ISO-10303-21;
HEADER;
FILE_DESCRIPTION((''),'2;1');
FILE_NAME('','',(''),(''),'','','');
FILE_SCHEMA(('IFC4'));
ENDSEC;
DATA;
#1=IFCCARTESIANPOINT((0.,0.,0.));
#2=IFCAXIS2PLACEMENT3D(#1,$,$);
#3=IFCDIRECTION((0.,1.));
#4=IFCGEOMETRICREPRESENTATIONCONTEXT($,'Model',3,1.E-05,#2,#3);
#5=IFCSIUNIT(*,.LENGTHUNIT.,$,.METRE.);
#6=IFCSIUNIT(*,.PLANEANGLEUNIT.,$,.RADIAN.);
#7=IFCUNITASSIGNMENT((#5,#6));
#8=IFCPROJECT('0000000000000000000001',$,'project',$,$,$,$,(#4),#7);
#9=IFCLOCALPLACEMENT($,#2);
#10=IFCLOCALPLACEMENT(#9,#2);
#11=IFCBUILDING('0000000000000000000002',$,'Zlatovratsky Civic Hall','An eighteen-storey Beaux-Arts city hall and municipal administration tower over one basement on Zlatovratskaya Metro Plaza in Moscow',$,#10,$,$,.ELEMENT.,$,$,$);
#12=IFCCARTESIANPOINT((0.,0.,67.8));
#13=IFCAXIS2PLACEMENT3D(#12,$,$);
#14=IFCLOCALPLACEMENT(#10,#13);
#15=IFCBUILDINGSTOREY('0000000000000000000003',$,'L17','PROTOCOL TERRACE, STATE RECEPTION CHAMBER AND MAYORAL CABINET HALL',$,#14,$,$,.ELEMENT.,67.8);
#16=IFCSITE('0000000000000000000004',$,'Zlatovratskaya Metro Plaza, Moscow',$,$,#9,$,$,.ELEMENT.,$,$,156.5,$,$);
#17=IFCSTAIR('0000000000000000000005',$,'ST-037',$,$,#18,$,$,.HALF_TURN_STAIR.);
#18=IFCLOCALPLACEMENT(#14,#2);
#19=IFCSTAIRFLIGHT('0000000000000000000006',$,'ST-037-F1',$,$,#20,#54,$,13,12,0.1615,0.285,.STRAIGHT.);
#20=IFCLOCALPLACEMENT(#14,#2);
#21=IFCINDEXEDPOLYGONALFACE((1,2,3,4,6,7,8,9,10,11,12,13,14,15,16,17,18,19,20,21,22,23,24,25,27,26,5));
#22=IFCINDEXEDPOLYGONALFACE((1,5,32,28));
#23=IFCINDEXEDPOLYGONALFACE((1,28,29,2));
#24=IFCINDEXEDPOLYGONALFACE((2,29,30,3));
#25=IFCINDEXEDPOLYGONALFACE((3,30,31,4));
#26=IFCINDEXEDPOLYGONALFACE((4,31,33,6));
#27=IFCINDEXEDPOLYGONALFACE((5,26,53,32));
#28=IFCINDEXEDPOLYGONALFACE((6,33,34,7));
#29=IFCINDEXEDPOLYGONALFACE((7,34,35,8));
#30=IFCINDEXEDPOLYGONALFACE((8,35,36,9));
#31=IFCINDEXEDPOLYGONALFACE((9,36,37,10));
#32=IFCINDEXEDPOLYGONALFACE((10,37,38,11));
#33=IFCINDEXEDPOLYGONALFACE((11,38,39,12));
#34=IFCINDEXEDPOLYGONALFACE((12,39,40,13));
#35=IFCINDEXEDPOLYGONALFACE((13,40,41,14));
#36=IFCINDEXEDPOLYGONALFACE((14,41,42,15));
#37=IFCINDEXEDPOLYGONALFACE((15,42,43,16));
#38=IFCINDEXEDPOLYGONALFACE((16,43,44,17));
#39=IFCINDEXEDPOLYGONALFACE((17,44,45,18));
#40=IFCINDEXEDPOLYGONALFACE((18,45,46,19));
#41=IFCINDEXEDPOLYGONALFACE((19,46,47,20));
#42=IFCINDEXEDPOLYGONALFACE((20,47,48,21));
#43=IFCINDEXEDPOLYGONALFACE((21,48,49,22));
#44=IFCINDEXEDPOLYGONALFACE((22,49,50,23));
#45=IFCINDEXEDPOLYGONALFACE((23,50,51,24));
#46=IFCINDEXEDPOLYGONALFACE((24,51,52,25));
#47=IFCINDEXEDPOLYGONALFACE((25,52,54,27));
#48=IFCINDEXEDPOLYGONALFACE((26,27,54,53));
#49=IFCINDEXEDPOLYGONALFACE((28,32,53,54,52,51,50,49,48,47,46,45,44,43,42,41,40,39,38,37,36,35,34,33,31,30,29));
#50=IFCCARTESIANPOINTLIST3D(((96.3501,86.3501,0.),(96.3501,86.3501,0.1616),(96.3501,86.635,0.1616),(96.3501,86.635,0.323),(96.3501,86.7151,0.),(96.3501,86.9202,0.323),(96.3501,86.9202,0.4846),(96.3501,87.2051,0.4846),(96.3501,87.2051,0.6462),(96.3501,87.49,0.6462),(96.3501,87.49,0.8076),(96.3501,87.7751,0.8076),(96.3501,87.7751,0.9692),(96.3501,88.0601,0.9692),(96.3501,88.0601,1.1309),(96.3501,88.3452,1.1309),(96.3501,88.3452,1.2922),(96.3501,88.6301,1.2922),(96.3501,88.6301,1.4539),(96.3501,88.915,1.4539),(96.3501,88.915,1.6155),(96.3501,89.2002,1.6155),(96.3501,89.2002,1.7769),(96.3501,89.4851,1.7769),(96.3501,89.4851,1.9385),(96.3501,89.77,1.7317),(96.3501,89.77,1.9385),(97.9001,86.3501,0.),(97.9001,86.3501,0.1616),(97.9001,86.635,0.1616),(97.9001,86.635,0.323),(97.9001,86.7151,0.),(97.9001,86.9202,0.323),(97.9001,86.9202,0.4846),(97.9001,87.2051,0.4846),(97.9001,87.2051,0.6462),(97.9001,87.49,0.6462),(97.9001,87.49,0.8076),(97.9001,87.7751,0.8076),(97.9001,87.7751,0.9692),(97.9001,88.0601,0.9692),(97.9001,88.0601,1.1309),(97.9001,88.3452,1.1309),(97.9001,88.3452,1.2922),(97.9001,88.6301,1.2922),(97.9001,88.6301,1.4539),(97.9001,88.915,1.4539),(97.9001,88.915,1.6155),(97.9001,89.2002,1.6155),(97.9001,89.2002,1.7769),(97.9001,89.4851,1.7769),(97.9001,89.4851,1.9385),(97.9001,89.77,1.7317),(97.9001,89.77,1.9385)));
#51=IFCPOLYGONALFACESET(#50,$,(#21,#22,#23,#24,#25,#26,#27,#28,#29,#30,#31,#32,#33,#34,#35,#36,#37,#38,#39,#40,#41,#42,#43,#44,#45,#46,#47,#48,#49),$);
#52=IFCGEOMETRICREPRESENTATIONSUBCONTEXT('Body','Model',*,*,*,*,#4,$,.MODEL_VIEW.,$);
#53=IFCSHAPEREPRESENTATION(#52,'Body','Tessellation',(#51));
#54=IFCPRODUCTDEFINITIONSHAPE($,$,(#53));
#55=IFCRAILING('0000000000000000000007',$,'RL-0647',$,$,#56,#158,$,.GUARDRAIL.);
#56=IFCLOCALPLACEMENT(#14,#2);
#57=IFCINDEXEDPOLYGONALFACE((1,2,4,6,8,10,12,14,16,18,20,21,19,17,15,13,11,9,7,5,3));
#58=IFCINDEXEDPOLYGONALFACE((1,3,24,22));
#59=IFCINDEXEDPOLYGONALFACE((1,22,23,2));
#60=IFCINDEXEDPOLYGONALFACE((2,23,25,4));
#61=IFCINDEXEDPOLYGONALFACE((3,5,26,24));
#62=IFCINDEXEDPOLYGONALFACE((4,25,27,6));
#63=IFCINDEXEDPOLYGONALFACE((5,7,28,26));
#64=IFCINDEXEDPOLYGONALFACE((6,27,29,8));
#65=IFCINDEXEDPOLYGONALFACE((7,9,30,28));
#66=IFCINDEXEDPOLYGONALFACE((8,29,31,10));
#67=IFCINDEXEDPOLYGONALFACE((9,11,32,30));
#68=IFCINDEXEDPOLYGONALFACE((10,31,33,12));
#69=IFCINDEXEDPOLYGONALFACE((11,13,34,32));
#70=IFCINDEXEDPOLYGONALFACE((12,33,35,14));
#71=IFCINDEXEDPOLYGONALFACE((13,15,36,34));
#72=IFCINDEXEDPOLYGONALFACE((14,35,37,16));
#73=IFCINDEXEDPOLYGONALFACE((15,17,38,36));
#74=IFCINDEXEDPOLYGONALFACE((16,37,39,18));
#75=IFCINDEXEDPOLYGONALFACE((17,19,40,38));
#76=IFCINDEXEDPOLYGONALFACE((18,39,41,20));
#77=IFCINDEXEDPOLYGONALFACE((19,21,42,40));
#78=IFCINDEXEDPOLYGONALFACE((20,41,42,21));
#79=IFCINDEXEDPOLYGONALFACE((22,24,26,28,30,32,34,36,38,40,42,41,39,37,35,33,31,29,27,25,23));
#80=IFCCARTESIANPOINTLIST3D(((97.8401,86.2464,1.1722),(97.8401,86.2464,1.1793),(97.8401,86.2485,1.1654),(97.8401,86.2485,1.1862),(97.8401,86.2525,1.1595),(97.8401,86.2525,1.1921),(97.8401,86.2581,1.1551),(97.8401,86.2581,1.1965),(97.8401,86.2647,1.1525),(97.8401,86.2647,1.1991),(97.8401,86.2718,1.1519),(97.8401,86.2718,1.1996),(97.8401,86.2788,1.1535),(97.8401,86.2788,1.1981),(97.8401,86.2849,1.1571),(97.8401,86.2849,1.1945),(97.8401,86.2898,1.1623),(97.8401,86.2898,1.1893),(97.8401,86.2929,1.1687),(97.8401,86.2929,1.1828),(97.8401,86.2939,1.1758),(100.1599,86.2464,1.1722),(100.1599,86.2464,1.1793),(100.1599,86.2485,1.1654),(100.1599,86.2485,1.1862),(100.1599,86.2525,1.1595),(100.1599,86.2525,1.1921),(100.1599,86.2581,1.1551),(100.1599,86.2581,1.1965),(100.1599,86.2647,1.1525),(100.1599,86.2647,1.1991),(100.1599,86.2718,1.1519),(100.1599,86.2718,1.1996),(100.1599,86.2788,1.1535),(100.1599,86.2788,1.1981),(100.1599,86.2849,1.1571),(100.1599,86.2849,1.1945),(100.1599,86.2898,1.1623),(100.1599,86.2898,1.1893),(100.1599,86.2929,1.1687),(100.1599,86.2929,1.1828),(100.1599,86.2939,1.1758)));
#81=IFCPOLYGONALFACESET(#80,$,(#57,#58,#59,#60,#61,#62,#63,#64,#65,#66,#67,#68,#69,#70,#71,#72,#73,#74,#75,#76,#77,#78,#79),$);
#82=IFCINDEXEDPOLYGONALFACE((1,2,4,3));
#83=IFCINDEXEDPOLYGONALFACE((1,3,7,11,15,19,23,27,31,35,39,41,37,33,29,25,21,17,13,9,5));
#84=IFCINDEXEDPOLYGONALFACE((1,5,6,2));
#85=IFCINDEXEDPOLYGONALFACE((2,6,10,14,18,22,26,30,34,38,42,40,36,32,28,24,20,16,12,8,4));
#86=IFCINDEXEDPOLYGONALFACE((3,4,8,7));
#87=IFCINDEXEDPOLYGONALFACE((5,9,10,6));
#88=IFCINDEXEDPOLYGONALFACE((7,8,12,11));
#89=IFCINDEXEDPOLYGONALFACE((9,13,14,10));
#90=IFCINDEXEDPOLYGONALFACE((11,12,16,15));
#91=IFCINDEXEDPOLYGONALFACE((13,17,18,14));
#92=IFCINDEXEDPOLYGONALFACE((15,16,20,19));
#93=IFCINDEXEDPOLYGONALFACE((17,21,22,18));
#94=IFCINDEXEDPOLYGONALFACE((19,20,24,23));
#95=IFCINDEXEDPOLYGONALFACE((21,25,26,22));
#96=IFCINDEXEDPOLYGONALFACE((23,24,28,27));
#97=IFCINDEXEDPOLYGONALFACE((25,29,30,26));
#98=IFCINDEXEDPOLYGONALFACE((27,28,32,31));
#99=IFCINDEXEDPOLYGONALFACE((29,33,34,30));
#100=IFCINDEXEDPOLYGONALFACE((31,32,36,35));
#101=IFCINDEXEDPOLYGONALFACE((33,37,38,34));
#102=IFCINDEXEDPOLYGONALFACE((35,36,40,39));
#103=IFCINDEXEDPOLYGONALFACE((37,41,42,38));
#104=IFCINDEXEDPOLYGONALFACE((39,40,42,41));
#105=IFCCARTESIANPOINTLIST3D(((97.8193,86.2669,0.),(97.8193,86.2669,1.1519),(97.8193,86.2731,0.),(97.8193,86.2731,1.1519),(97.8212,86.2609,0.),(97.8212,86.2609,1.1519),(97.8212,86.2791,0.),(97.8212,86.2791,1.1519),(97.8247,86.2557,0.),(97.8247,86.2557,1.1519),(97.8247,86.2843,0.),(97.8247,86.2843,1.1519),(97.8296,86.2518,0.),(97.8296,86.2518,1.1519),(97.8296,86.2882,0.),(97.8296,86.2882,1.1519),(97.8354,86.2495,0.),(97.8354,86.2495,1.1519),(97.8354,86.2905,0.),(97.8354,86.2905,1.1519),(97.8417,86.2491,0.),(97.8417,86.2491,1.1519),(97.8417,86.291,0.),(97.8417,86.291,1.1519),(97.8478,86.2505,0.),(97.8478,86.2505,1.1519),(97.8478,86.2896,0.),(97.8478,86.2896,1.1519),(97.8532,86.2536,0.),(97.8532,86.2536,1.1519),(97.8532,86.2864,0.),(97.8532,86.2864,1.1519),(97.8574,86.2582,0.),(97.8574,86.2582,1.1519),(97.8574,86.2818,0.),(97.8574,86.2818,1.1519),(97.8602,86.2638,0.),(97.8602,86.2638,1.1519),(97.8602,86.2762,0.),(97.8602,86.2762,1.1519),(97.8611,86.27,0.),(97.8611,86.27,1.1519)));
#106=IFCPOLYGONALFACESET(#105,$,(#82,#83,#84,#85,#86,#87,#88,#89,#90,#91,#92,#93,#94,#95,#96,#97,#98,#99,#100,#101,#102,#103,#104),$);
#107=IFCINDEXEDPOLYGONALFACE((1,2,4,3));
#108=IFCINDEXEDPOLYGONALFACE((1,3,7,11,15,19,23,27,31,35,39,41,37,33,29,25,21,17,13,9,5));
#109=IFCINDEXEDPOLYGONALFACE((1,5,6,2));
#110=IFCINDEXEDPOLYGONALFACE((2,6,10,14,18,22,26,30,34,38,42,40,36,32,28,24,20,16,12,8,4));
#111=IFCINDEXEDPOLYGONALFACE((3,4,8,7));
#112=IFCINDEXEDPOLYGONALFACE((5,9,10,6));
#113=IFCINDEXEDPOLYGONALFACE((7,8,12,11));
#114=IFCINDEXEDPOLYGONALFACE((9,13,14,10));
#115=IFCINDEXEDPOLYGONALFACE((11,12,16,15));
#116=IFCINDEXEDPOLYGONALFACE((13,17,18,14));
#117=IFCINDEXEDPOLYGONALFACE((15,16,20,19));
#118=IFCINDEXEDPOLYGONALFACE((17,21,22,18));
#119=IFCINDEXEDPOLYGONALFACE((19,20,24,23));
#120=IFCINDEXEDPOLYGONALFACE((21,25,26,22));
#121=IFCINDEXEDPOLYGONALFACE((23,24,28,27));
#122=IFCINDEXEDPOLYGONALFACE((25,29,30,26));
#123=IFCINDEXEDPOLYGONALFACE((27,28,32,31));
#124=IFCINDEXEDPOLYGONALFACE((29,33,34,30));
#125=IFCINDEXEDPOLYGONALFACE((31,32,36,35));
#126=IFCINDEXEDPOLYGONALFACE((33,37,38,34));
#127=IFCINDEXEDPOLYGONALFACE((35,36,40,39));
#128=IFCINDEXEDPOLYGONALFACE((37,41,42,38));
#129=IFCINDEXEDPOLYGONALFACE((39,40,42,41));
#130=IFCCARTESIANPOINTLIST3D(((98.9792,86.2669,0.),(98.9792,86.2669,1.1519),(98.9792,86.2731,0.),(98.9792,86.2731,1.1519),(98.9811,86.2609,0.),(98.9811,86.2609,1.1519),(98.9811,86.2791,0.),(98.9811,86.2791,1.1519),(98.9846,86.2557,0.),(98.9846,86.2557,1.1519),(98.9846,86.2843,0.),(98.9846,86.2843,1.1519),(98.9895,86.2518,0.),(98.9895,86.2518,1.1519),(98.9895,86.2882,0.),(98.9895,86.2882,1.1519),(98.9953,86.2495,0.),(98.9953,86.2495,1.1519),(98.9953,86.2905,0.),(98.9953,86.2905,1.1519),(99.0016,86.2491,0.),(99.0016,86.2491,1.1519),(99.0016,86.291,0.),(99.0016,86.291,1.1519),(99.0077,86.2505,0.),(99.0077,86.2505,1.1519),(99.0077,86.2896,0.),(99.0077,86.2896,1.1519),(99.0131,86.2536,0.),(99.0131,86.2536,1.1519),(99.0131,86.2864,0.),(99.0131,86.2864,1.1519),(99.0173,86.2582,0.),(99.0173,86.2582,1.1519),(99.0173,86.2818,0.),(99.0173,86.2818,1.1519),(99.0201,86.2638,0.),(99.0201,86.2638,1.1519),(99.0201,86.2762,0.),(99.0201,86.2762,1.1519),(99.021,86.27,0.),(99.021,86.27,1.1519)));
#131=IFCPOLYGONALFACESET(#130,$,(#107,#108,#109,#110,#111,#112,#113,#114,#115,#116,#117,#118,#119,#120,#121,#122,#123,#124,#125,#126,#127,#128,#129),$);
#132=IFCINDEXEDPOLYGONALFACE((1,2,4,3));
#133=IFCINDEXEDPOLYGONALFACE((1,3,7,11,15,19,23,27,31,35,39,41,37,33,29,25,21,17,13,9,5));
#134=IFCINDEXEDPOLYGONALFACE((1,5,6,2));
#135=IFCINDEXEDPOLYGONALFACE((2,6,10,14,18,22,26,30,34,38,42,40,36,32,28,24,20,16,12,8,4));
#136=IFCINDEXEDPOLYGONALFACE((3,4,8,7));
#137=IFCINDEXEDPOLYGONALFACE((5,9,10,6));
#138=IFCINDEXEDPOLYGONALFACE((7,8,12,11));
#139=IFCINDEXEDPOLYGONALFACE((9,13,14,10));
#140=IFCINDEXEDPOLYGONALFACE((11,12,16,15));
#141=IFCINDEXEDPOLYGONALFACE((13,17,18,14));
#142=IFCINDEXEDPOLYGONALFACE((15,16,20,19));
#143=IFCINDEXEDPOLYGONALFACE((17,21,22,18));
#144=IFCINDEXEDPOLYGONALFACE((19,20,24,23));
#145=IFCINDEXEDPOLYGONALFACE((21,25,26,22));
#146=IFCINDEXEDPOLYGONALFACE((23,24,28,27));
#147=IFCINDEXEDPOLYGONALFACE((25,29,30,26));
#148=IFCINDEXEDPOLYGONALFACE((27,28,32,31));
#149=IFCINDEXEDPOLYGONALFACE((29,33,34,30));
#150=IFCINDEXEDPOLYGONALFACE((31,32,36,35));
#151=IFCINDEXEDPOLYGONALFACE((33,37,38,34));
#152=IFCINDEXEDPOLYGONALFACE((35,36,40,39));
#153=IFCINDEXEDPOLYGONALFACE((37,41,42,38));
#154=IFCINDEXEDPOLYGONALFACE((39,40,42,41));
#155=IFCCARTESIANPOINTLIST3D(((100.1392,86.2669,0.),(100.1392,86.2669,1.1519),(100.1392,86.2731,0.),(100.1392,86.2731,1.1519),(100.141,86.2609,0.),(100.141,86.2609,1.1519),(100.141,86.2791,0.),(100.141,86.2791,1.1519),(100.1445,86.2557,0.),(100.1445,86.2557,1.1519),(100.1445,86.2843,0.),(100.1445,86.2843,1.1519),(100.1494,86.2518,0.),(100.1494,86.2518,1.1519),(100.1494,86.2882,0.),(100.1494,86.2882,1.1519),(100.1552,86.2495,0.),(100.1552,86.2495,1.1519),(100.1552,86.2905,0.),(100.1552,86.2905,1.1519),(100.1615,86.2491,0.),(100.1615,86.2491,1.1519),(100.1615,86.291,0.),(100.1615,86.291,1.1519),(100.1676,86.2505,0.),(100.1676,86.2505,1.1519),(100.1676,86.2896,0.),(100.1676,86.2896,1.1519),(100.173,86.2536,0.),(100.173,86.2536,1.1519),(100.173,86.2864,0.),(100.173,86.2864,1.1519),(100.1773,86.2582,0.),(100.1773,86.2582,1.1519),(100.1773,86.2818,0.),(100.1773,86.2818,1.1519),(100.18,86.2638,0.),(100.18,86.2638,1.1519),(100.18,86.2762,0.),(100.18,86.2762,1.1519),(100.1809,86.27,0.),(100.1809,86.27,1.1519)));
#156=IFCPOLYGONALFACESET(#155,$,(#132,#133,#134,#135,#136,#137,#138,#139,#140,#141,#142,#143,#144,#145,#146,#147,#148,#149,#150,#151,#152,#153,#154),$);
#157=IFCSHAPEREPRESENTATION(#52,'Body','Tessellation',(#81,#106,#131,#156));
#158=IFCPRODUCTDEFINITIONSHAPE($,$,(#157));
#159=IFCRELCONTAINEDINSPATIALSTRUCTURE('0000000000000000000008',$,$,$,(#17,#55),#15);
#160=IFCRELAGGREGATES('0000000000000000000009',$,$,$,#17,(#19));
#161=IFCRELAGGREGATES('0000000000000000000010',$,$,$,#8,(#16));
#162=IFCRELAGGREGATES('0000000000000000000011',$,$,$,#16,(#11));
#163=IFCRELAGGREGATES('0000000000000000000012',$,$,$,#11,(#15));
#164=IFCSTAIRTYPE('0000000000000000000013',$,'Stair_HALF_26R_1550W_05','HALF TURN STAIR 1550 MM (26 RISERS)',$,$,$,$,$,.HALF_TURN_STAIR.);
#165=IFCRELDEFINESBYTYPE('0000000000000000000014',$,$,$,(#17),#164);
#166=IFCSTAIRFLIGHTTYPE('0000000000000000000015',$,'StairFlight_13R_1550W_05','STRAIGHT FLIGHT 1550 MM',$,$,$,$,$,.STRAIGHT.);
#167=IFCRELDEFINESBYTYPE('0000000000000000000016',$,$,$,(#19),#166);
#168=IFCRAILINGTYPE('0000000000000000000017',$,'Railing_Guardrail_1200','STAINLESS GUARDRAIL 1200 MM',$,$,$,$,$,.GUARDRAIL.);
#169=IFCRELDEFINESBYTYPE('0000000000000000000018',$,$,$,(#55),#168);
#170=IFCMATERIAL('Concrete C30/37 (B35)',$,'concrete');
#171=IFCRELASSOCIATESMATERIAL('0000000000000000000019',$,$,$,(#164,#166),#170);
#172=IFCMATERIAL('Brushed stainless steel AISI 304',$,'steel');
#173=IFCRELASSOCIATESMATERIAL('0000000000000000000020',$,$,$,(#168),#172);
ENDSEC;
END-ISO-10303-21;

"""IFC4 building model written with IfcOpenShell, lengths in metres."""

from ifc_helpers import new_model, si_unit, direction, frame, origin, origin_2d, place, context, subcontext, project, spatial, polyline, circle, outline, extrude, material, type_object, element, aggregate, save


model = new_model("IFC4")

# Units and contexts
model_context = context("Model", 3, precision=1e-05, world=origin(), true_north=direction((0.0, 1.0)))
body_context = subcontext(model_context, "Body", "Model", "MODEL_VIEW")
ifc_project = project(units=[si_unit("LENGTHUNIT", "METRE"), si_unit("PLANEANGLEUNIT", "RADIAN")], contexts=[model_context])

# Site, building, storey
site_placement = place(None, origin())
site = spatial("IfcSite", under=ifc_project, at=site_placement, Name="Zlatovratskaya Metro Plaza, Moscow", CompositionType="ELEMENT", RefElevation=156.5)
building_placement = place(site_placement, origin())
building = spatial("IfcBuilding", under=site, at=building_placement, Name="Zlatovratsky Civic Hall", Description="An eighteen-storey Beaux-Arts city hall and municipal administration tower over one basement on Zlatovratskaya Metro Plaza in Moscow", CompositionType="ELEMENT")
storey_placement = place(building_placement, frame((0.0, 0.0, 67.8)))
storey = spatial("IfcBuildingStorey", under=building, at=storey_placement, Name="L17", Description="PROTOCOL TERRACE, STATE RECEPTION CHAMBER AND MAYORAL CABINET HALL", CompositionType="ELEMENT", Elevation=67.8)

# Stair, stair flight
ifc_material_1 = material(Name="Concrete C30/37 (B35)", Category="concrete")
stair_type = type_object("IfcStairType", Name="Stair_HALF_26R_1550W_05", Description="HALF TURN STAIR 1550 MM (26 RISERS)", PredefinedType="HALF_TURN_STAIR", material=ifc_material_1)
stair_placement = place(storey_placement, origin())
stair = element("IfcStair", 1, at=stair_placement, inside=storey, type_object=stair_type, Name="ST-037", PredefinedType="HALF_TURN_STAIR")
stair_flight_type = type_object("IfcStairFlightType", Name="StairFlight_13R_1550W_05", Description="STRAIGHT FLIGHT 1550 MM", PredefinedType="STRAIGHT", material=ifc_material_1)
stair_flight_placement = place(storey_placement, frame((97.125, 86.3501, 0.0), z_axis=(0.0, 0.0, 1.0), x_axis=(0.0, 1.0, 0.0)))
stair_flight = element("IfcStairFlight", 2, at=stair_flight_placement, type_object=stair_flight_type, Name="ST-037-F1", NumberOfRisers=13, NumberOfTreads=12, PredefinedType="STRAIGHT", RiserHeight=0.1615, TreadLength=0.285, context=body_context, shape_type="SweptSolid", body=[
    extrude(outline(polyline([(0.0, 0.0), (0.0, 0.1616), (0.2849, 0.1616), (0.2849, 0.323), (0.5701, 0.323), (0.5701, 0.4846), (0.855, 0.4846), (0.855, 0.6462), (1.1399, 0.6462), (1.1399, 0.8076), (1.425, 0.8076), (1.425, 0.9692), (1.71, 0.9692), (1.71, 1.1309), (1.9951, 1.1309), (1.9951, 1.2922), (2.28, 1.2922), (2.28, 1.4539), (2.5649, 1.4539), (2.5649, 1.6155), (2.8501, 1.6155), (2.8501, 1.7769), (3.135, 1.7769), (3.135, 1.9385), (3.4199, 1.9385), (3.4199, 2.1001), (3.4199, 1.7317), (0.365, 0.0), (0.0, 0.0)])), frame((0.0, 0.7749, 0.0), z_axis=(0.0, -1.0, 0.0), x_axis=(1.0, 0.0, 0.0)), (0.0, 0.0, 1.0), 1.55),
])
aggregate(stair, [stair_flight])

# Railing
ifc_material_2 = material(Name="Brushed stainless steel AISI 304", Category="steel")
railing_type_1 = type_object("IfcRailingType", Name="Railing_Guardrail_1200", Description="STAINLESS GUARDRAIL 1200 MM", PredefinedType="GUARDRAIL", material=ifc_material_2)
railing_1_placement = place(storey_placement, frame((97.8401, 86.27, 0.0)))
element("IfcRailing", 3, at=railing_1_placement, inside=storey, type_object=railing_type_1, Name="RL-0647", PredefinedType="GUARDRAIL", context=body_context, shape_type="SweptSolid", body=[
    extrude(circle(Radius=0.0239, at=origin_2d()), frame((0.0, 0.0, 1.1758), z_axis=(1.0, 0.0, 0.0), x_axis=(0.0, 1.0, 0.0)), (0.0, 0.0, 1.0), 2.3198),
    extrude(circle(Radius=0.021, at=origin_2d()), origin(), (0.0, 0.0, 1.0), 1.1519),
    extrude(circle(Radius=0.021, at=origin_2d()), frame((1.1599, 0.0, 0.0)), (0.0, 0.0, 1.0), 1.1519),
    extrude(circle(Radius=0.021, at=origin_2d()), frame((2.3198, 0.0, 0.0)), (0.0, 0.0, 1.0), 1.1519),
])

save(model, "model.ifc")
